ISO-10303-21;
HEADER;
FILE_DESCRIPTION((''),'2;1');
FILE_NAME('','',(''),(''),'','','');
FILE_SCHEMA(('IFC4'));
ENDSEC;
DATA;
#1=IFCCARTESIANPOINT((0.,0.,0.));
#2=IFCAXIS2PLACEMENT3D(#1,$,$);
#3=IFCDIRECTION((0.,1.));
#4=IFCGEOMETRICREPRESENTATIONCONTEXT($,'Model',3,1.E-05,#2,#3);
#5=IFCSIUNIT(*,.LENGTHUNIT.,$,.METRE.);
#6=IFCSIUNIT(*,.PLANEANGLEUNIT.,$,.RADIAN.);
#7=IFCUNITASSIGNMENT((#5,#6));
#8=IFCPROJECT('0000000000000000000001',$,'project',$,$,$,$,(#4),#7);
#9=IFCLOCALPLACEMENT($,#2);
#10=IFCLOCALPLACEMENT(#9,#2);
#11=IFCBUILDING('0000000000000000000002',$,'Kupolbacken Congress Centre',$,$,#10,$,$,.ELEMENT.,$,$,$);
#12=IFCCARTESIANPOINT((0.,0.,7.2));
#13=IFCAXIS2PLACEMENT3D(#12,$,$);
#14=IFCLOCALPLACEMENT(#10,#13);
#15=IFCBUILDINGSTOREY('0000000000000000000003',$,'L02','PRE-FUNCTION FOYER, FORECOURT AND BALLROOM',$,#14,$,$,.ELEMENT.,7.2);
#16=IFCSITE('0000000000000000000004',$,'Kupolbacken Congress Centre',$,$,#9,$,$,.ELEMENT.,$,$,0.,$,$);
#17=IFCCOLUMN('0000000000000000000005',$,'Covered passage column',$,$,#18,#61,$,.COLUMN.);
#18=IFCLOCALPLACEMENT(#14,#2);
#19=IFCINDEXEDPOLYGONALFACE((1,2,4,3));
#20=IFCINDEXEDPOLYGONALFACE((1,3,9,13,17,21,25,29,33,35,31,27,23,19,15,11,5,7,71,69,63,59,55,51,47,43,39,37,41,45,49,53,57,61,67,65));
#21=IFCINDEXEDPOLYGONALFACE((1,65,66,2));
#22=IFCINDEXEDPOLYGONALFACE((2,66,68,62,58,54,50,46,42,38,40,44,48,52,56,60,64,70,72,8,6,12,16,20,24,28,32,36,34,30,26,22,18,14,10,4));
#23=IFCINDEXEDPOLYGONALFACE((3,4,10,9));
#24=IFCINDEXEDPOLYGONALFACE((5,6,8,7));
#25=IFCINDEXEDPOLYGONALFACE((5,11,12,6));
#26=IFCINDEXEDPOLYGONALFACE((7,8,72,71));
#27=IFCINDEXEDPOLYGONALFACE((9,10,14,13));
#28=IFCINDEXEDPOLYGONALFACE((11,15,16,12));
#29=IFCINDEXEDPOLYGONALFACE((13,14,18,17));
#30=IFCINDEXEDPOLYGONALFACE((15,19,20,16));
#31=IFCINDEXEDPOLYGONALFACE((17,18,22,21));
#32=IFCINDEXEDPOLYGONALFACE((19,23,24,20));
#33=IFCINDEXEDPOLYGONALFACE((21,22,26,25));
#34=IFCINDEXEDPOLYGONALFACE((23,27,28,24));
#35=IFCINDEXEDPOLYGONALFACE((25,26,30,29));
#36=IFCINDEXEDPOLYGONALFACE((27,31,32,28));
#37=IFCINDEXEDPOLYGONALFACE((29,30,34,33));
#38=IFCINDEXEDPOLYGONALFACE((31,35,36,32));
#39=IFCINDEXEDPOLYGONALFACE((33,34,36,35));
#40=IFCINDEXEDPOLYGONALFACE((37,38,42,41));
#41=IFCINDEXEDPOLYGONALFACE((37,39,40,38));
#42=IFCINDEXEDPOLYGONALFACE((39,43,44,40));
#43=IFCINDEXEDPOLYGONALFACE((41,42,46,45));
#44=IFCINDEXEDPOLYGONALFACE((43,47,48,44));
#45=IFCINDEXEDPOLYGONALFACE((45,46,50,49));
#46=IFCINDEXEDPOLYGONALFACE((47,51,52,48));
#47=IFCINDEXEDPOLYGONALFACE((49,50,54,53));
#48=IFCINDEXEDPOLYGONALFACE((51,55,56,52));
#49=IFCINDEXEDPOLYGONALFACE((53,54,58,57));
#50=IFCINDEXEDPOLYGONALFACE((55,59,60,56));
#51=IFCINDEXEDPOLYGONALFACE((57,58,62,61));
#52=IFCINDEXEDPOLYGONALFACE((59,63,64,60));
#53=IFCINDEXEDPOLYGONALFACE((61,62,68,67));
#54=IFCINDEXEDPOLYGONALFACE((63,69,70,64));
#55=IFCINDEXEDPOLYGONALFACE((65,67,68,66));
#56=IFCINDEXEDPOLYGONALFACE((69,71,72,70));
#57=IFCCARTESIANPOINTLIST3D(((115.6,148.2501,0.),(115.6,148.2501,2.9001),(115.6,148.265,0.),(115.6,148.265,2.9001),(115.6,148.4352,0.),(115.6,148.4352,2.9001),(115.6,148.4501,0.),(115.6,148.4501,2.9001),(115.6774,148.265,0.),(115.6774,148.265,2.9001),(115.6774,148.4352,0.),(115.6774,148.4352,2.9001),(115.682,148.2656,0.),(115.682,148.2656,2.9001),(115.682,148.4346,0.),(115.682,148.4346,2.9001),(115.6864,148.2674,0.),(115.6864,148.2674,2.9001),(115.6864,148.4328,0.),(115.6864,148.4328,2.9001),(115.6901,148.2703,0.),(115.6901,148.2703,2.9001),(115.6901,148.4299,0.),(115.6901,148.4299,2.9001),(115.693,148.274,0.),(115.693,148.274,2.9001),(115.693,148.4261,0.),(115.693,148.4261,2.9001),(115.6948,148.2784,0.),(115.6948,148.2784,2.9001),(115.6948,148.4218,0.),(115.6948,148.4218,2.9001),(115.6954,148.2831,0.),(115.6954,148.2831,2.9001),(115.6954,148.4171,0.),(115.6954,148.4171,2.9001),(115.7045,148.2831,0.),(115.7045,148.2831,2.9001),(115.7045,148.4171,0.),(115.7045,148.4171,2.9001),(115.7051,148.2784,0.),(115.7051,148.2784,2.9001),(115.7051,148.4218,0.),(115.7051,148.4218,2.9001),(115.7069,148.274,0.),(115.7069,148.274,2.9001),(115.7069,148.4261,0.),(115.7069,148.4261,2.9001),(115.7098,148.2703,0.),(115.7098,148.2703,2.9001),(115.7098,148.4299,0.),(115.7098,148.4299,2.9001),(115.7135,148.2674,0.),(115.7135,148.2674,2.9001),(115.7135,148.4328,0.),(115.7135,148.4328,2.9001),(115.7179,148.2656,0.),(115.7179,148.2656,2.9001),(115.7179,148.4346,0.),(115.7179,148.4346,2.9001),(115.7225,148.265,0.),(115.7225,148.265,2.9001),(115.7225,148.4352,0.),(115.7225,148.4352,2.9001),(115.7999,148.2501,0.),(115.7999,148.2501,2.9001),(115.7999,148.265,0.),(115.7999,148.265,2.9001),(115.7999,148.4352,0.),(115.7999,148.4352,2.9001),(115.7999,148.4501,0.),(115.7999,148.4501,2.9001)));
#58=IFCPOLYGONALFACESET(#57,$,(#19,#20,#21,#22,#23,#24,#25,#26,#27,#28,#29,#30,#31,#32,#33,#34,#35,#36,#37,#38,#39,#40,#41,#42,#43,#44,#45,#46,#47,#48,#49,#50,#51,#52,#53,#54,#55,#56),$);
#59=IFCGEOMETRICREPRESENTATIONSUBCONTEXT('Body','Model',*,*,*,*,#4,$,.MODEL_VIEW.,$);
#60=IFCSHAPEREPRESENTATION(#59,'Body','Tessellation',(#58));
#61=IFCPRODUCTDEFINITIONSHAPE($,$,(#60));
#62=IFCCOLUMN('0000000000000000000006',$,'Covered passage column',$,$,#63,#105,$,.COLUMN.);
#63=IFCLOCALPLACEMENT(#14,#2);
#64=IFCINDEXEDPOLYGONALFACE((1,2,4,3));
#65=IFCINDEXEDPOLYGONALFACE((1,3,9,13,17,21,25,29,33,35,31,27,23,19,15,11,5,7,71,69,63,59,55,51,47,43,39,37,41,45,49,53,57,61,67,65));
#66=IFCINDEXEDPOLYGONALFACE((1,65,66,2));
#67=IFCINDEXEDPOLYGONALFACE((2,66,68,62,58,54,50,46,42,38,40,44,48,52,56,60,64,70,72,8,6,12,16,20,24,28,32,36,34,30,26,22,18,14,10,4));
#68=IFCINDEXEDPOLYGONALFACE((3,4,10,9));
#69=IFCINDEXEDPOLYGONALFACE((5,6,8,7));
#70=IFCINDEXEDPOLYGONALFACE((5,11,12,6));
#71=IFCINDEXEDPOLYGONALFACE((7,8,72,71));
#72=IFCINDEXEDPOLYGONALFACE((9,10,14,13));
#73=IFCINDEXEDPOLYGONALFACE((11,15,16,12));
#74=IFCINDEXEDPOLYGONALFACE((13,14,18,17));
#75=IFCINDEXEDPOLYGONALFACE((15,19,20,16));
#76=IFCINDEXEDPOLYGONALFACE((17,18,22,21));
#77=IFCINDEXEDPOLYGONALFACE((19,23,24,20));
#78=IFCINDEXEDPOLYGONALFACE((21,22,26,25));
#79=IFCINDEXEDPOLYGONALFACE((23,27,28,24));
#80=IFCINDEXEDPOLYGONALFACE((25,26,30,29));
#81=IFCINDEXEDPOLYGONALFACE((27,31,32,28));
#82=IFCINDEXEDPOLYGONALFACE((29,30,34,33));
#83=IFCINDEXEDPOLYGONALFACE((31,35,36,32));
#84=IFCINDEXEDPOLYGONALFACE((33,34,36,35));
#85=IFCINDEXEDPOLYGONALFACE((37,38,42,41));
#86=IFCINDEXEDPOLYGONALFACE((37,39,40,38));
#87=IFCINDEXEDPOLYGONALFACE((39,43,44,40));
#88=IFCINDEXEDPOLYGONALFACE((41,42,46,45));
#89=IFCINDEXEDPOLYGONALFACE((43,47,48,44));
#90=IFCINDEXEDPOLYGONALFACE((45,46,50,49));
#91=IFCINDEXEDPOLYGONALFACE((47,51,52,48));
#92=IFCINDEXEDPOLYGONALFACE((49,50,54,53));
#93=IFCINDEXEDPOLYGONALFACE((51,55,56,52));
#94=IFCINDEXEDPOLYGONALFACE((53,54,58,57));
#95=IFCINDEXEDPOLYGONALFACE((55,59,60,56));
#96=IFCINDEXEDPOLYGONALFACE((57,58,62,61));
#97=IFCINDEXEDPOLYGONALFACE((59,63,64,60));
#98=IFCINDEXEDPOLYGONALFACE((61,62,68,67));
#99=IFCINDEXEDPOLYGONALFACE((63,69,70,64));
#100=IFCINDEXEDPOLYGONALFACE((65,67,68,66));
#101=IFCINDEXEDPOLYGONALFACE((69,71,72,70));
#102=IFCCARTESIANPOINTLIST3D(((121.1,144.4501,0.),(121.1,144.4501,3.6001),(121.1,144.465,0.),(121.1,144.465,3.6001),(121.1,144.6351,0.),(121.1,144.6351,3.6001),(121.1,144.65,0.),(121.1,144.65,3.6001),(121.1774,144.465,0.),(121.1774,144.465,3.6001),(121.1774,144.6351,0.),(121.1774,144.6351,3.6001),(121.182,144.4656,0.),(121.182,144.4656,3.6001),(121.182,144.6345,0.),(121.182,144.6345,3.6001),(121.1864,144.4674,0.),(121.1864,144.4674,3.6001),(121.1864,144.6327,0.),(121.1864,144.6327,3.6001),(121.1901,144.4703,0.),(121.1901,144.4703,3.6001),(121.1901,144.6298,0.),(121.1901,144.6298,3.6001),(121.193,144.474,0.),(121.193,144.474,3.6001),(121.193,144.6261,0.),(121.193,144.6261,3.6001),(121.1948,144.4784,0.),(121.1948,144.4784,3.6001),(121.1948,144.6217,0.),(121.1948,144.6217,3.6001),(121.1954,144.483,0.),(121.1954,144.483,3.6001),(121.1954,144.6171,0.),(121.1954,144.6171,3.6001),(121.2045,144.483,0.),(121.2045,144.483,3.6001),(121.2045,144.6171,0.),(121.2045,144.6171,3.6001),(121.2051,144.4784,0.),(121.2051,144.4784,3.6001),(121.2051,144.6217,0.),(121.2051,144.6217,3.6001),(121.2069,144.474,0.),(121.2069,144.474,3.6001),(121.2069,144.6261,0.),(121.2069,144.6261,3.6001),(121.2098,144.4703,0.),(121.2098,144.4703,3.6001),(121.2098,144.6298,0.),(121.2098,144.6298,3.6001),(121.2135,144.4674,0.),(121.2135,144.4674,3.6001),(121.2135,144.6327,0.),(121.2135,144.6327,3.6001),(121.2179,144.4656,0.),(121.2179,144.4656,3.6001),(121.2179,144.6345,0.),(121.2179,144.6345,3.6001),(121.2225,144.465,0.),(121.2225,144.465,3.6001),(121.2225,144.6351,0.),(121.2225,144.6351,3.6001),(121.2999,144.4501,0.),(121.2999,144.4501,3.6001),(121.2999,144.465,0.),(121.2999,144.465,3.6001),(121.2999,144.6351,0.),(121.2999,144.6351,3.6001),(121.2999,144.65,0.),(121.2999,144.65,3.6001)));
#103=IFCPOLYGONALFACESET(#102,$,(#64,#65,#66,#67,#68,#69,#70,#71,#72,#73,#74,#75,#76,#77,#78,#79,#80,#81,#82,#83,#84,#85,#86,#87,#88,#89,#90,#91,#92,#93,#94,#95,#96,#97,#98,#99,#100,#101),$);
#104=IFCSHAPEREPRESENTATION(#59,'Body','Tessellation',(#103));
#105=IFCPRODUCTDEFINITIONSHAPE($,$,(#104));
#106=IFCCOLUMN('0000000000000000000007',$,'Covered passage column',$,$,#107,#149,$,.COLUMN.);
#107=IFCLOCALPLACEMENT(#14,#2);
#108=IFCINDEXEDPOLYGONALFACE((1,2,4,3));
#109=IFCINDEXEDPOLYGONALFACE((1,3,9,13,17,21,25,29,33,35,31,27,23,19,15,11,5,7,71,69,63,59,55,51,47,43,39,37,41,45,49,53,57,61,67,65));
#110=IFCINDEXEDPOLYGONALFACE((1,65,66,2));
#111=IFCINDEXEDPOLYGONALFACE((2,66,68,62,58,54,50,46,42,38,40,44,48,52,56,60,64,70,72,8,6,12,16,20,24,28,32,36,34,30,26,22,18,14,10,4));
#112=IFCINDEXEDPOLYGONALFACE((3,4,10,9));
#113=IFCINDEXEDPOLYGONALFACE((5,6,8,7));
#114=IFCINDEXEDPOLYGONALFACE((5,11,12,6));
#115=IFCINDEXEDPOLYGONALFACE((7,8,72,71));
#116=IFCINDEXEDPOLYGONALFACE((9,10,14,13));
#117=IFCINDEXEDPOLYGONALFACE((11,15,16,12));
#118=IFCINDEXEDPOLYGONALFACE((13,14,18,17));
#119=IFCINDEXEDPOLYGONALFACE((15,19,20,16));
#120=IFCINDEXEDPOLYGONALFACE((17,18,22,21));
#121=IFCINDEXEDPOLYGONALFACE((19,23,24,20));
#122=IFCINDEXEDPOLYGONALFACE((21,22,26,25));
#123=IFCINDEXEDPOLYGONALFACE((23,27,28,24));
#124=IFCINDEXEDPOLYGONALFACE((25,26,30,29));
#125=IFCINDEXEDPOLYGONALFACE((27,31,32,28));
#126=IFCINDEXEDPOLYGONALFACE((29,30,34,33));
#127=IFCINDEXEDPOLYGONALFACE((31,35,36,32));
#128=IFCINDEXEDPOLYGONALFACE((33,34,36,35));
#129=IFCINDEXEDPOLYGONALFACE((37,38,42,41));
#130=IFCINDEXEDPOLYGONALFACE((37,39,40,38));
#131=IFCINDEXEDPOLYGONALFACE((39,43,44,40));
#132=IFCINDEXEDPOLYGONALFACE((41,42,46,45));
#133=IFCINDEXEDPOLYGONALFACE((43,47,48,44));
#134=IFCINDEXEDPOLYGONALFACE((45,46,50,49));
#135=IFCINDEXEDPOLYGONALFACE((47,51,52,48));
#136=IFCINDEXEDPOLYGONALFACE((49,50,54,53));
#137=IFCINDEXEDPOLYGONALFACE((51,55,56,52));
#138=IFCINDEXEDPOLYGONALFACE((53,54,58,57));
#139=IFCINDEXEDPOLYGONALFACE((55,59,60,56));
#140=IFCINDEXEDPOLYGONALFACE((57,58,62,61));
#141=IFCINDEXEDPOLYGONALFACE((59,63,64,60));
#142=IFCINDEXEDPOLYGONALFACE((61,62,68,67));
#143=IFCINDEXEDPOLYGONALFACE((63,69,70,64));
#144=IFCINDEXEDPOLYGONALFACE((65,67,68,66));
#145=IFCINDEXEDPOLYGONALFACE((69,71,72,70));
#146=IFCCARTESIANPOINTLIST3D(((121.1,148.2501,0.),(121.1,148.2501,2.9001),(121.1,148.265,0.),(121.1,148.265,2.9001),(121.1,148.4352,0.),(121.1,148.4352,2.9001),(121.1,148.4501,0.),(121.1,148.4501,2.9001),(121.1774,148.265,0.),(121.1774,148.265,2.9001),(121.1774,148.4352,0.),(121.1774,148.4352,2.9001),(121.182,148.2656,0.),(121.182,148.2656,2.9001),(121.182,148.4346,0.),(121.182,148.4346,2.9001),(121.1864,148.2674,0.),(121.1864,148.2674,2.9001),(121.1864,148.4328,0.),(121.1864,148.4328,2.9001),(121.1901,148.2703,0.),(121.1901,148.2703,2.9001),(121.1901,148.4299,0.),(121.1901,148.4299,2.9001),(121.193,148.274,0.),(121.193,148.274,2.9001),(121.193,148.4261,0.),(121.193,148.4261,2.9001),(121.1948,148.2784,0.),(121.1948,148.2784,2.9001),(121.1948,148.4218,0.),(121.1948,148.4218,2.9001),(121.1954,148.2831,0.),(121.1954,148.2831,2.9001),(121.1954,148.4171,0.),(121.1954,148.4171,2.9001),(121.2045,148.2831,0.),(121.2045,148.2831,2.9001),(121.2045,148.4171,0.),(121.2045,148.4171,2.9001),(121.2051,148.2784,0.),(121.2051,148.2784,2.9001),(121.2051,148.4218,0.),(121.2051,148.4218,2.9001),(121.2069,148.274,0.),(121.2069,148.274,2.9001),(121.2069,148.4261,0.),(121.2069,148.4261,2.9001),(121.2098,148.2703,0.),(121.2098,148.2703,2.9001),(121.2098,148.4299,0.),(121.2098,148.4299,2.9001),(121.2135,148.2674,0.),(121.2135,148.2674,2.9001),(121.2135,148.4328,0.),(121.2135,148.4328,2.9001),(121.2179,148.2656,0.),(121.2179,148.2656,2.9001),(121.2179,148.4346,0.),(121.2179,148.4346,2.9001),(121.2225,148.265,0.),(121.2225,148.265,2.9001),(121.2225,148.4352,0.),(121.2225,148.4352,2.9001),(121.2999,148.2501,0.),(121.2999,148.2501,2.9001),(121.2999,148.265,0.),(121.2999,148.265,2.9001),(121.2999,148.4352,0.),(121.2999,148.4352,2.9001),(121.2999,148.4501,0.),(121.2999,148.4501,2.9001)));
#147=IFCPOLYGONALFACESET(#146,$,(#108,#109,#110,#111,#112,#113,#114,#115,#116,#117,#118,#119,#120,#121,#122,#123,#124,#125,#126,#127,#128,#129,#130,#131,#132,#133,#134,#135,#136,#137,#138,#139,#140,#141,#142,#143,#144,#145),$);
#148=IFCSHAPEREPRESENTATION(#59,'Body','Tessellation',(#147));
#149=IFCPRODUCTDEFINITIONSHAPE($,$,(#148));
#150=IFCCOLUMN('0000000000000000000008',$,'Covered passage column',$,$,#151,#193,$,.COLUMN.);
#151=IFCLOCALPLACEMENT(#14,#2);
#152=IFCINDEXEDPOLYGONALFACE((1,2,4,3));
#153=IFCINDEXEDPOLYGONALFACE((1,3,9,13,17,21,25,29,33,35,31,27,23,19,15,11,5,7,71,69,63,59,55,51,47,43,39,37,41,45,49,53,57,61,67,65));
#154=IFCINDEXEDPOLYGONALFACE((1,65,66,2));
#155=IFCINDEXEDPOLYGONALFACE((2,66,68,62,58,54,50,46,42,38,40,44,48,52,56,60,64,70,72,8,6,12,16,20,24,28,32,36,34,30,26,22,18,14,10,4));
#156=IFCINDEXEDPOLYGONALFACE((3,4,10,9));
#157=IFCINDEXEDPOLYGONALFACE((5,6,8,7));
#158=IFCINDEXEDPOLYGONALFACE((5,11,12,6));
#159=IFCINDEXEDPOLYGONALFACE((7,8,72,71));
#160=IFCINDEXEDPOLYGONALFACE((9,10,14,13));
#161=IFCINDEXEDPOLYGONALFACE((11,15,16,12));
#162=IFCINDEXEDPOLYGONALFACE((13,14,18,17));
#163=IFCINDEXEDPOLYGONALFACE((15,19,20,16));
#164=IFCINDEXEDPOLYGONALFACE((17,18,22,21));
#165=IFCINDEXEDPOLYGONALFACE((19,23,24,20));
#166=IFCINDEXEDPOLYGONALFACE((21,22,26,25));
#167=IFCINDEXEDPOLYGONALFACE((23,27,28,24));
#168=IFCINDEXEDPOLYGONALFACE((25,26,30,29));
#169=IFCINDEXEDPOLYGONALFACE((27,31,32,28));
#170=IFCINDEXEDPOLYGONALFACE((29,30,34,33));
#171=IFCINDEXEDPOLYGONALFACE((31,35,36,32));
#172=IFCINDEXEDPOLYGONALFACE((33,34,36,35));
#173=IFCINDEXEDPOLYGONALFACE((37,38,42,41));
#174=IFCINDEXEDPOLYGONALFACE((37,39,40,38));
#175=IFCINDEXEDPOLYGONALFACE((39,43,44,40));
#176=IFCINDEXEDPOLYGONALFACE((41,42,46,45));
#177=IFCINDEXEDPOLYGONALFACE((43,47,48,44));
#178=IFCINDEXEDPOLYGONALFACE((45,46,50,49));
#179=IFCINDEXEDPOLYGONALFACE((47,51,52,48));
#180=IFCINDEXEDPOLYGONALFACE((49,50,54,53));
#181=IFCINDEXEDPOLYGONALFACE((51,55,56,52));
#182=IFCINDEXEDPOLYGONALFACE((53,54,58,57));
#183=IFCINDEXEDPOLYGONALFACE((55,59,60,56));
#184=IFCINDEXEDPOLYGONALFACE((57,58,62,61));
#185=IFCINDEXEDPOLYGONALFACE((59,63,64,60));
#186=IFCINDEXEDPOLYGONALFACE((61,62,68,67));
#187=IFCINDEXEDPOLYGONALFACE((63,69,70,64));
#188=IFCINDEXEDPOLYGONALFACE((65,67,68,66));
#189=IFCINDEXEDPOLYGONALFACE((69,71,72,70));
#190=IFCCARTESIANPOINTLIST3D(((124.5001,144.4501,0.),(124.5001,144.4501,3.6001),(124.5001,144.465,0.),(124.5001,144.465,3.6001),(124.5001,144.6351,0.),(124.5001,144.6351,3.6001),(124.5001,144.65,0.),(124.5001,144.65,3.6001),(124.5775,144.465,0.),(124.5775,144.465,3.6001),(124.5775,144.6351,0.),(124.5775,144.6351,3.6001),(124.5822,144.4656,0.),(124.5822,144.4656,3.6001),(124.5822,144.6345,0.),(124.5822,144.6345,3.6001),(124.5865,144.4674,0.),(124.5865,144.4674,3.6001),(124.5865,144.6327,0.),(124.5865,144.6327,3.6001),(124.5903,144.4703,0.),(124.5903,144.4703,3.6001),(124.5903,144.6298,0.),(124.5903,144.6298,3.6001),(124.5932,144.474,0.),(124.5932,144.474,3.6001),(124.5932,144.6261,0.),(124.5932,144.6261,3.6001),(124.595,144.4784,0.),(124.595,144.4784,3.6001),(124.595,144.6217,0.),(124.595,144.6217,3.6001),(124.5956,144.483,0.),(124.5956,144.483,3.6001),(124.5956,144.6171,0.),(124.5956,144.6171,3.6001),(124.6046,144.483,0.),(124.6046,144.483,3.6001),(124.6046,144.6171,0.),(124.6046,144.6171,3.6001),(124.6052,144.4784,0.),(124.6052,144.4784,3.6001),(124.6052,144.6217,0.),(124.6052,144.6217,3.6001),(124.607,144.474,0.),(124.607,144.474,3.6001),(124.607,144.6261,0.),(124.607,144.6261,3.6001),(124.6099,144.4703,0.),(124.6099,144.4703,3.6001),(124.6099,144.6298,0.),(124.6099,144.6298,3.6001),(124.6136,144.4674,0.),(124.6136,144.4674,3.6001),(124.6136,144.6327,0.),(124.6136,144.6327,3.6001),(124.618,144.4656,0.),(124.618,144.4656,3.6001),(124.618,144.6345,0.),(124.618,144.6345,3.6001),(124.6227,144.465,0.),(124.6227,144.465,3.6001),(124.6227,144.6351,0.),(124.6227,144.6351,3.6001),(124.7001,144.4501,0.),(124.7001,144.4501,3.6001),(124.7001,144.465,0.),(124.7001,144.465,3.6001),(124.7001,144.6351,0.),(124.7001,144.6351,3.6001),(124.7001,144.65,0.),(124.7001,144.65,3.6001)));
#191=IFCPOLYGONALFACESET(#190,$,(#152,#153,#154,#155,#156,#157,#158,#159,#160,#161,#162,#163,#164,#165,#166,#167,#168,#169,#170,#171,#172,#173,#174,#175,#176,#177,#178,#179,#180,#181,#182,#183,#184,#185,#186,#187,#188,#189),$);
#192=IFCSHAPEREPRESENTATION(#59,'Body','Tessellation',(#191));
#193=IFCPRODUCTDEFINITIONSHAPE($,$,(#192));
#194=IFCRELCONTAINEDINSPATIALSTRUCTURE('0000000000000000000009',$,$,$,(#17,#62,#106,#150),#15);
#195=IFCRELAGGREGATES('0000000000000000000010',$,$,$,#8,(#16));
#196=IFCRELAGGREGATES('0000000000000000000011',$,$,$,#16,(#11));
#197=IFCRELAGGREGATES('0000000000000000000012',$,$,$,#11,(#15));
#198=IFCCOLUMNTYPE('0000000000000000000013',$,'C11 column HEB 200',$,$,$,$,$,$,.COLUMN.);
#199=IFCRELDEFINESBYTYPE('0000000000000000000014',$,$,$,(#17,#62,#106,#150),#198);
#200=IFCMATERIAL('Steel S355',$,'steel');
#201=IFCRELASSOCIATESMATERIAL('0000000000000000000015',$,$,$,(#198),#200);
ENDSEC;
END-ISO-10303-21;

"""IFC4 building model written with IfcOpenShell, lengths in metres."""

from ifc_helpers import new_model, si_unit, direction, frame, origin, origin_2d, place, context, subcontext, project, spatial, i_section, extrude, material, material_profile, profile_set, type_object, element, save


model = new_model("IFC4")

# Units and contexts
model_context = context("Model", 3, precision=1e-05, world=origin(), true_north=direction((0.0, 1.0)))
body_context = subcontext(model_context, "Body", "Model", "MODEL_VIEW")
ifc_project = project(units=[si_unit("LENGTHUNIT", "METRE"), si_unit("PLANEANGLEUNIT", "RADIAN")], contexts=[model_context])

# Site, building, storey
site_placement = place(None, origin())
site = spatial("IfcSite", under=ifc_project, at=site_placement, Name="Kupolbacken Congress Centre", CompositionType="ELEMENT", RefElevation=0.0)
building_placement = place(site_placement, origin())
building = spatial("IfcBuilding", under=site, at=building_placement, Name="Kupolbacken Congress Centre", CompositionType="ELEMENT")
storey_placement = place(building_placement, frame((0.0, 0.0, 7.2)))
storey = spatial("IfcBuildingStorey", under=building, at=storey_placement, Name="L02", Description="PRE-FUNCTION FOYER, FORECOURT AND BALLROOM", CompositionType="ELEMENT", Elevation=7.2)

# Columns
ifc_material_1 = material(Name="Steel S355", Category="steel")
ifc_material_profile_1 = material_profile(ifc_material_1, i_section(OverallWidth=0.2, OverallDepth=0.2, WebThickness=0.009, FlangeThickness=0.0149, FilletRadius=0.0181, at=origin_2d()), Name="HEB 200")
ifc_profile_set_1 = profile_set([ifc_material_profile_1], Name="Steel S355")
column_type = type_object("IfcColumnType", Name="C11 column HEB 200", PredefinedType="COLUMN", material=ifc_profile_set_1)
column_1_placement = place(storey_placement, frame((115.7, 148.3501, 0.0), z_axis=(0.0, 0.0, 1.0), x_axis=(1.0, 0.0, 0.0)))
element("IfcColumn", 1, at=column_1_placement, inside=storey, type_object=column_type, Name="Covered passage column", PredefinedType="COLUMN", context=body_context, shape_type="SweptSolid", body=[
    extrude(i_section(OverallWidth=0.2, OverallDepth=0.2, WebThickness=0.009, FlangeThickness=0.0149, FilletRadius=0.0181, at=origin_2d()), origin(), (0.0, 0.0, 1.0), 2.9001),
])
column_2_placement = place(storey_placement, frame((121.2, 144.55, 0.0), z_axis=(0.0, 0.0, 1.0), x_axis=(1.0, 0.0, 0.0)))
element("IfcColumn", 2, at=column_2_placement, inside=storey, type_object=column_type, Name="Covered passage column", PredefinedType="COLUMN", context=body_context, shape_type="SweptSolid", body=[
    extrude(i_section(OverallWidth=0.2, OverallDepth=0.2, WebThickness=0.009, FlangeThickness=0.0149, FilletRadius=0.0181, at=origin_2d()), origin(), (0.0, 0.0, 1.0), 3.6001),
])
column_3_placement = place(storey_placement, frame((121.2, 148.3501, 0.0), z_axis=(0.0, 0.0, 1.0), x_axis=(1.0, 0.0, 0.0)))
element("IfcColumn", 3, at=column_3_placement, inside=storey, type_object=column_type, Name="Covered passage column", PredefinedType="COLUMN", context=body_context, shape_type="SweptSolid", body=[
    extrude(i_section(OverallWidth=0.2, OverallDepth=0.2, WebThickness=0.009, FlangeThickness=0.0149, FilletRadius=0.0181, at=origin_2d()), origin(), (0.0, 0.0, 1.0), 2.9001),
])
column_4_placement = place(storey_placement, frame((124.6001, 144.55, 0.0), z_axis=(0.0, 0.0, 1.0), x_axis=(1.0, 0.0, 0.0)))
element("IfcColumn", 4, at=column_4_placement, inside=storey, type_object=column_type, Name="Covered passage column", PredefinedType="COLUMN", context=body_context, shape_type="SweptSolid", body=[
    extrude(i_section(OverallWidth=0.2, OverallDepth=0.2, WebThickness=0.009, FlangeThickness=0.0149, FilletRadius=0.0181, at=origin_2d()), origin(), (0.0, 0.0, 1.0), 3.6001),
])

save(model, "model.ifc")
